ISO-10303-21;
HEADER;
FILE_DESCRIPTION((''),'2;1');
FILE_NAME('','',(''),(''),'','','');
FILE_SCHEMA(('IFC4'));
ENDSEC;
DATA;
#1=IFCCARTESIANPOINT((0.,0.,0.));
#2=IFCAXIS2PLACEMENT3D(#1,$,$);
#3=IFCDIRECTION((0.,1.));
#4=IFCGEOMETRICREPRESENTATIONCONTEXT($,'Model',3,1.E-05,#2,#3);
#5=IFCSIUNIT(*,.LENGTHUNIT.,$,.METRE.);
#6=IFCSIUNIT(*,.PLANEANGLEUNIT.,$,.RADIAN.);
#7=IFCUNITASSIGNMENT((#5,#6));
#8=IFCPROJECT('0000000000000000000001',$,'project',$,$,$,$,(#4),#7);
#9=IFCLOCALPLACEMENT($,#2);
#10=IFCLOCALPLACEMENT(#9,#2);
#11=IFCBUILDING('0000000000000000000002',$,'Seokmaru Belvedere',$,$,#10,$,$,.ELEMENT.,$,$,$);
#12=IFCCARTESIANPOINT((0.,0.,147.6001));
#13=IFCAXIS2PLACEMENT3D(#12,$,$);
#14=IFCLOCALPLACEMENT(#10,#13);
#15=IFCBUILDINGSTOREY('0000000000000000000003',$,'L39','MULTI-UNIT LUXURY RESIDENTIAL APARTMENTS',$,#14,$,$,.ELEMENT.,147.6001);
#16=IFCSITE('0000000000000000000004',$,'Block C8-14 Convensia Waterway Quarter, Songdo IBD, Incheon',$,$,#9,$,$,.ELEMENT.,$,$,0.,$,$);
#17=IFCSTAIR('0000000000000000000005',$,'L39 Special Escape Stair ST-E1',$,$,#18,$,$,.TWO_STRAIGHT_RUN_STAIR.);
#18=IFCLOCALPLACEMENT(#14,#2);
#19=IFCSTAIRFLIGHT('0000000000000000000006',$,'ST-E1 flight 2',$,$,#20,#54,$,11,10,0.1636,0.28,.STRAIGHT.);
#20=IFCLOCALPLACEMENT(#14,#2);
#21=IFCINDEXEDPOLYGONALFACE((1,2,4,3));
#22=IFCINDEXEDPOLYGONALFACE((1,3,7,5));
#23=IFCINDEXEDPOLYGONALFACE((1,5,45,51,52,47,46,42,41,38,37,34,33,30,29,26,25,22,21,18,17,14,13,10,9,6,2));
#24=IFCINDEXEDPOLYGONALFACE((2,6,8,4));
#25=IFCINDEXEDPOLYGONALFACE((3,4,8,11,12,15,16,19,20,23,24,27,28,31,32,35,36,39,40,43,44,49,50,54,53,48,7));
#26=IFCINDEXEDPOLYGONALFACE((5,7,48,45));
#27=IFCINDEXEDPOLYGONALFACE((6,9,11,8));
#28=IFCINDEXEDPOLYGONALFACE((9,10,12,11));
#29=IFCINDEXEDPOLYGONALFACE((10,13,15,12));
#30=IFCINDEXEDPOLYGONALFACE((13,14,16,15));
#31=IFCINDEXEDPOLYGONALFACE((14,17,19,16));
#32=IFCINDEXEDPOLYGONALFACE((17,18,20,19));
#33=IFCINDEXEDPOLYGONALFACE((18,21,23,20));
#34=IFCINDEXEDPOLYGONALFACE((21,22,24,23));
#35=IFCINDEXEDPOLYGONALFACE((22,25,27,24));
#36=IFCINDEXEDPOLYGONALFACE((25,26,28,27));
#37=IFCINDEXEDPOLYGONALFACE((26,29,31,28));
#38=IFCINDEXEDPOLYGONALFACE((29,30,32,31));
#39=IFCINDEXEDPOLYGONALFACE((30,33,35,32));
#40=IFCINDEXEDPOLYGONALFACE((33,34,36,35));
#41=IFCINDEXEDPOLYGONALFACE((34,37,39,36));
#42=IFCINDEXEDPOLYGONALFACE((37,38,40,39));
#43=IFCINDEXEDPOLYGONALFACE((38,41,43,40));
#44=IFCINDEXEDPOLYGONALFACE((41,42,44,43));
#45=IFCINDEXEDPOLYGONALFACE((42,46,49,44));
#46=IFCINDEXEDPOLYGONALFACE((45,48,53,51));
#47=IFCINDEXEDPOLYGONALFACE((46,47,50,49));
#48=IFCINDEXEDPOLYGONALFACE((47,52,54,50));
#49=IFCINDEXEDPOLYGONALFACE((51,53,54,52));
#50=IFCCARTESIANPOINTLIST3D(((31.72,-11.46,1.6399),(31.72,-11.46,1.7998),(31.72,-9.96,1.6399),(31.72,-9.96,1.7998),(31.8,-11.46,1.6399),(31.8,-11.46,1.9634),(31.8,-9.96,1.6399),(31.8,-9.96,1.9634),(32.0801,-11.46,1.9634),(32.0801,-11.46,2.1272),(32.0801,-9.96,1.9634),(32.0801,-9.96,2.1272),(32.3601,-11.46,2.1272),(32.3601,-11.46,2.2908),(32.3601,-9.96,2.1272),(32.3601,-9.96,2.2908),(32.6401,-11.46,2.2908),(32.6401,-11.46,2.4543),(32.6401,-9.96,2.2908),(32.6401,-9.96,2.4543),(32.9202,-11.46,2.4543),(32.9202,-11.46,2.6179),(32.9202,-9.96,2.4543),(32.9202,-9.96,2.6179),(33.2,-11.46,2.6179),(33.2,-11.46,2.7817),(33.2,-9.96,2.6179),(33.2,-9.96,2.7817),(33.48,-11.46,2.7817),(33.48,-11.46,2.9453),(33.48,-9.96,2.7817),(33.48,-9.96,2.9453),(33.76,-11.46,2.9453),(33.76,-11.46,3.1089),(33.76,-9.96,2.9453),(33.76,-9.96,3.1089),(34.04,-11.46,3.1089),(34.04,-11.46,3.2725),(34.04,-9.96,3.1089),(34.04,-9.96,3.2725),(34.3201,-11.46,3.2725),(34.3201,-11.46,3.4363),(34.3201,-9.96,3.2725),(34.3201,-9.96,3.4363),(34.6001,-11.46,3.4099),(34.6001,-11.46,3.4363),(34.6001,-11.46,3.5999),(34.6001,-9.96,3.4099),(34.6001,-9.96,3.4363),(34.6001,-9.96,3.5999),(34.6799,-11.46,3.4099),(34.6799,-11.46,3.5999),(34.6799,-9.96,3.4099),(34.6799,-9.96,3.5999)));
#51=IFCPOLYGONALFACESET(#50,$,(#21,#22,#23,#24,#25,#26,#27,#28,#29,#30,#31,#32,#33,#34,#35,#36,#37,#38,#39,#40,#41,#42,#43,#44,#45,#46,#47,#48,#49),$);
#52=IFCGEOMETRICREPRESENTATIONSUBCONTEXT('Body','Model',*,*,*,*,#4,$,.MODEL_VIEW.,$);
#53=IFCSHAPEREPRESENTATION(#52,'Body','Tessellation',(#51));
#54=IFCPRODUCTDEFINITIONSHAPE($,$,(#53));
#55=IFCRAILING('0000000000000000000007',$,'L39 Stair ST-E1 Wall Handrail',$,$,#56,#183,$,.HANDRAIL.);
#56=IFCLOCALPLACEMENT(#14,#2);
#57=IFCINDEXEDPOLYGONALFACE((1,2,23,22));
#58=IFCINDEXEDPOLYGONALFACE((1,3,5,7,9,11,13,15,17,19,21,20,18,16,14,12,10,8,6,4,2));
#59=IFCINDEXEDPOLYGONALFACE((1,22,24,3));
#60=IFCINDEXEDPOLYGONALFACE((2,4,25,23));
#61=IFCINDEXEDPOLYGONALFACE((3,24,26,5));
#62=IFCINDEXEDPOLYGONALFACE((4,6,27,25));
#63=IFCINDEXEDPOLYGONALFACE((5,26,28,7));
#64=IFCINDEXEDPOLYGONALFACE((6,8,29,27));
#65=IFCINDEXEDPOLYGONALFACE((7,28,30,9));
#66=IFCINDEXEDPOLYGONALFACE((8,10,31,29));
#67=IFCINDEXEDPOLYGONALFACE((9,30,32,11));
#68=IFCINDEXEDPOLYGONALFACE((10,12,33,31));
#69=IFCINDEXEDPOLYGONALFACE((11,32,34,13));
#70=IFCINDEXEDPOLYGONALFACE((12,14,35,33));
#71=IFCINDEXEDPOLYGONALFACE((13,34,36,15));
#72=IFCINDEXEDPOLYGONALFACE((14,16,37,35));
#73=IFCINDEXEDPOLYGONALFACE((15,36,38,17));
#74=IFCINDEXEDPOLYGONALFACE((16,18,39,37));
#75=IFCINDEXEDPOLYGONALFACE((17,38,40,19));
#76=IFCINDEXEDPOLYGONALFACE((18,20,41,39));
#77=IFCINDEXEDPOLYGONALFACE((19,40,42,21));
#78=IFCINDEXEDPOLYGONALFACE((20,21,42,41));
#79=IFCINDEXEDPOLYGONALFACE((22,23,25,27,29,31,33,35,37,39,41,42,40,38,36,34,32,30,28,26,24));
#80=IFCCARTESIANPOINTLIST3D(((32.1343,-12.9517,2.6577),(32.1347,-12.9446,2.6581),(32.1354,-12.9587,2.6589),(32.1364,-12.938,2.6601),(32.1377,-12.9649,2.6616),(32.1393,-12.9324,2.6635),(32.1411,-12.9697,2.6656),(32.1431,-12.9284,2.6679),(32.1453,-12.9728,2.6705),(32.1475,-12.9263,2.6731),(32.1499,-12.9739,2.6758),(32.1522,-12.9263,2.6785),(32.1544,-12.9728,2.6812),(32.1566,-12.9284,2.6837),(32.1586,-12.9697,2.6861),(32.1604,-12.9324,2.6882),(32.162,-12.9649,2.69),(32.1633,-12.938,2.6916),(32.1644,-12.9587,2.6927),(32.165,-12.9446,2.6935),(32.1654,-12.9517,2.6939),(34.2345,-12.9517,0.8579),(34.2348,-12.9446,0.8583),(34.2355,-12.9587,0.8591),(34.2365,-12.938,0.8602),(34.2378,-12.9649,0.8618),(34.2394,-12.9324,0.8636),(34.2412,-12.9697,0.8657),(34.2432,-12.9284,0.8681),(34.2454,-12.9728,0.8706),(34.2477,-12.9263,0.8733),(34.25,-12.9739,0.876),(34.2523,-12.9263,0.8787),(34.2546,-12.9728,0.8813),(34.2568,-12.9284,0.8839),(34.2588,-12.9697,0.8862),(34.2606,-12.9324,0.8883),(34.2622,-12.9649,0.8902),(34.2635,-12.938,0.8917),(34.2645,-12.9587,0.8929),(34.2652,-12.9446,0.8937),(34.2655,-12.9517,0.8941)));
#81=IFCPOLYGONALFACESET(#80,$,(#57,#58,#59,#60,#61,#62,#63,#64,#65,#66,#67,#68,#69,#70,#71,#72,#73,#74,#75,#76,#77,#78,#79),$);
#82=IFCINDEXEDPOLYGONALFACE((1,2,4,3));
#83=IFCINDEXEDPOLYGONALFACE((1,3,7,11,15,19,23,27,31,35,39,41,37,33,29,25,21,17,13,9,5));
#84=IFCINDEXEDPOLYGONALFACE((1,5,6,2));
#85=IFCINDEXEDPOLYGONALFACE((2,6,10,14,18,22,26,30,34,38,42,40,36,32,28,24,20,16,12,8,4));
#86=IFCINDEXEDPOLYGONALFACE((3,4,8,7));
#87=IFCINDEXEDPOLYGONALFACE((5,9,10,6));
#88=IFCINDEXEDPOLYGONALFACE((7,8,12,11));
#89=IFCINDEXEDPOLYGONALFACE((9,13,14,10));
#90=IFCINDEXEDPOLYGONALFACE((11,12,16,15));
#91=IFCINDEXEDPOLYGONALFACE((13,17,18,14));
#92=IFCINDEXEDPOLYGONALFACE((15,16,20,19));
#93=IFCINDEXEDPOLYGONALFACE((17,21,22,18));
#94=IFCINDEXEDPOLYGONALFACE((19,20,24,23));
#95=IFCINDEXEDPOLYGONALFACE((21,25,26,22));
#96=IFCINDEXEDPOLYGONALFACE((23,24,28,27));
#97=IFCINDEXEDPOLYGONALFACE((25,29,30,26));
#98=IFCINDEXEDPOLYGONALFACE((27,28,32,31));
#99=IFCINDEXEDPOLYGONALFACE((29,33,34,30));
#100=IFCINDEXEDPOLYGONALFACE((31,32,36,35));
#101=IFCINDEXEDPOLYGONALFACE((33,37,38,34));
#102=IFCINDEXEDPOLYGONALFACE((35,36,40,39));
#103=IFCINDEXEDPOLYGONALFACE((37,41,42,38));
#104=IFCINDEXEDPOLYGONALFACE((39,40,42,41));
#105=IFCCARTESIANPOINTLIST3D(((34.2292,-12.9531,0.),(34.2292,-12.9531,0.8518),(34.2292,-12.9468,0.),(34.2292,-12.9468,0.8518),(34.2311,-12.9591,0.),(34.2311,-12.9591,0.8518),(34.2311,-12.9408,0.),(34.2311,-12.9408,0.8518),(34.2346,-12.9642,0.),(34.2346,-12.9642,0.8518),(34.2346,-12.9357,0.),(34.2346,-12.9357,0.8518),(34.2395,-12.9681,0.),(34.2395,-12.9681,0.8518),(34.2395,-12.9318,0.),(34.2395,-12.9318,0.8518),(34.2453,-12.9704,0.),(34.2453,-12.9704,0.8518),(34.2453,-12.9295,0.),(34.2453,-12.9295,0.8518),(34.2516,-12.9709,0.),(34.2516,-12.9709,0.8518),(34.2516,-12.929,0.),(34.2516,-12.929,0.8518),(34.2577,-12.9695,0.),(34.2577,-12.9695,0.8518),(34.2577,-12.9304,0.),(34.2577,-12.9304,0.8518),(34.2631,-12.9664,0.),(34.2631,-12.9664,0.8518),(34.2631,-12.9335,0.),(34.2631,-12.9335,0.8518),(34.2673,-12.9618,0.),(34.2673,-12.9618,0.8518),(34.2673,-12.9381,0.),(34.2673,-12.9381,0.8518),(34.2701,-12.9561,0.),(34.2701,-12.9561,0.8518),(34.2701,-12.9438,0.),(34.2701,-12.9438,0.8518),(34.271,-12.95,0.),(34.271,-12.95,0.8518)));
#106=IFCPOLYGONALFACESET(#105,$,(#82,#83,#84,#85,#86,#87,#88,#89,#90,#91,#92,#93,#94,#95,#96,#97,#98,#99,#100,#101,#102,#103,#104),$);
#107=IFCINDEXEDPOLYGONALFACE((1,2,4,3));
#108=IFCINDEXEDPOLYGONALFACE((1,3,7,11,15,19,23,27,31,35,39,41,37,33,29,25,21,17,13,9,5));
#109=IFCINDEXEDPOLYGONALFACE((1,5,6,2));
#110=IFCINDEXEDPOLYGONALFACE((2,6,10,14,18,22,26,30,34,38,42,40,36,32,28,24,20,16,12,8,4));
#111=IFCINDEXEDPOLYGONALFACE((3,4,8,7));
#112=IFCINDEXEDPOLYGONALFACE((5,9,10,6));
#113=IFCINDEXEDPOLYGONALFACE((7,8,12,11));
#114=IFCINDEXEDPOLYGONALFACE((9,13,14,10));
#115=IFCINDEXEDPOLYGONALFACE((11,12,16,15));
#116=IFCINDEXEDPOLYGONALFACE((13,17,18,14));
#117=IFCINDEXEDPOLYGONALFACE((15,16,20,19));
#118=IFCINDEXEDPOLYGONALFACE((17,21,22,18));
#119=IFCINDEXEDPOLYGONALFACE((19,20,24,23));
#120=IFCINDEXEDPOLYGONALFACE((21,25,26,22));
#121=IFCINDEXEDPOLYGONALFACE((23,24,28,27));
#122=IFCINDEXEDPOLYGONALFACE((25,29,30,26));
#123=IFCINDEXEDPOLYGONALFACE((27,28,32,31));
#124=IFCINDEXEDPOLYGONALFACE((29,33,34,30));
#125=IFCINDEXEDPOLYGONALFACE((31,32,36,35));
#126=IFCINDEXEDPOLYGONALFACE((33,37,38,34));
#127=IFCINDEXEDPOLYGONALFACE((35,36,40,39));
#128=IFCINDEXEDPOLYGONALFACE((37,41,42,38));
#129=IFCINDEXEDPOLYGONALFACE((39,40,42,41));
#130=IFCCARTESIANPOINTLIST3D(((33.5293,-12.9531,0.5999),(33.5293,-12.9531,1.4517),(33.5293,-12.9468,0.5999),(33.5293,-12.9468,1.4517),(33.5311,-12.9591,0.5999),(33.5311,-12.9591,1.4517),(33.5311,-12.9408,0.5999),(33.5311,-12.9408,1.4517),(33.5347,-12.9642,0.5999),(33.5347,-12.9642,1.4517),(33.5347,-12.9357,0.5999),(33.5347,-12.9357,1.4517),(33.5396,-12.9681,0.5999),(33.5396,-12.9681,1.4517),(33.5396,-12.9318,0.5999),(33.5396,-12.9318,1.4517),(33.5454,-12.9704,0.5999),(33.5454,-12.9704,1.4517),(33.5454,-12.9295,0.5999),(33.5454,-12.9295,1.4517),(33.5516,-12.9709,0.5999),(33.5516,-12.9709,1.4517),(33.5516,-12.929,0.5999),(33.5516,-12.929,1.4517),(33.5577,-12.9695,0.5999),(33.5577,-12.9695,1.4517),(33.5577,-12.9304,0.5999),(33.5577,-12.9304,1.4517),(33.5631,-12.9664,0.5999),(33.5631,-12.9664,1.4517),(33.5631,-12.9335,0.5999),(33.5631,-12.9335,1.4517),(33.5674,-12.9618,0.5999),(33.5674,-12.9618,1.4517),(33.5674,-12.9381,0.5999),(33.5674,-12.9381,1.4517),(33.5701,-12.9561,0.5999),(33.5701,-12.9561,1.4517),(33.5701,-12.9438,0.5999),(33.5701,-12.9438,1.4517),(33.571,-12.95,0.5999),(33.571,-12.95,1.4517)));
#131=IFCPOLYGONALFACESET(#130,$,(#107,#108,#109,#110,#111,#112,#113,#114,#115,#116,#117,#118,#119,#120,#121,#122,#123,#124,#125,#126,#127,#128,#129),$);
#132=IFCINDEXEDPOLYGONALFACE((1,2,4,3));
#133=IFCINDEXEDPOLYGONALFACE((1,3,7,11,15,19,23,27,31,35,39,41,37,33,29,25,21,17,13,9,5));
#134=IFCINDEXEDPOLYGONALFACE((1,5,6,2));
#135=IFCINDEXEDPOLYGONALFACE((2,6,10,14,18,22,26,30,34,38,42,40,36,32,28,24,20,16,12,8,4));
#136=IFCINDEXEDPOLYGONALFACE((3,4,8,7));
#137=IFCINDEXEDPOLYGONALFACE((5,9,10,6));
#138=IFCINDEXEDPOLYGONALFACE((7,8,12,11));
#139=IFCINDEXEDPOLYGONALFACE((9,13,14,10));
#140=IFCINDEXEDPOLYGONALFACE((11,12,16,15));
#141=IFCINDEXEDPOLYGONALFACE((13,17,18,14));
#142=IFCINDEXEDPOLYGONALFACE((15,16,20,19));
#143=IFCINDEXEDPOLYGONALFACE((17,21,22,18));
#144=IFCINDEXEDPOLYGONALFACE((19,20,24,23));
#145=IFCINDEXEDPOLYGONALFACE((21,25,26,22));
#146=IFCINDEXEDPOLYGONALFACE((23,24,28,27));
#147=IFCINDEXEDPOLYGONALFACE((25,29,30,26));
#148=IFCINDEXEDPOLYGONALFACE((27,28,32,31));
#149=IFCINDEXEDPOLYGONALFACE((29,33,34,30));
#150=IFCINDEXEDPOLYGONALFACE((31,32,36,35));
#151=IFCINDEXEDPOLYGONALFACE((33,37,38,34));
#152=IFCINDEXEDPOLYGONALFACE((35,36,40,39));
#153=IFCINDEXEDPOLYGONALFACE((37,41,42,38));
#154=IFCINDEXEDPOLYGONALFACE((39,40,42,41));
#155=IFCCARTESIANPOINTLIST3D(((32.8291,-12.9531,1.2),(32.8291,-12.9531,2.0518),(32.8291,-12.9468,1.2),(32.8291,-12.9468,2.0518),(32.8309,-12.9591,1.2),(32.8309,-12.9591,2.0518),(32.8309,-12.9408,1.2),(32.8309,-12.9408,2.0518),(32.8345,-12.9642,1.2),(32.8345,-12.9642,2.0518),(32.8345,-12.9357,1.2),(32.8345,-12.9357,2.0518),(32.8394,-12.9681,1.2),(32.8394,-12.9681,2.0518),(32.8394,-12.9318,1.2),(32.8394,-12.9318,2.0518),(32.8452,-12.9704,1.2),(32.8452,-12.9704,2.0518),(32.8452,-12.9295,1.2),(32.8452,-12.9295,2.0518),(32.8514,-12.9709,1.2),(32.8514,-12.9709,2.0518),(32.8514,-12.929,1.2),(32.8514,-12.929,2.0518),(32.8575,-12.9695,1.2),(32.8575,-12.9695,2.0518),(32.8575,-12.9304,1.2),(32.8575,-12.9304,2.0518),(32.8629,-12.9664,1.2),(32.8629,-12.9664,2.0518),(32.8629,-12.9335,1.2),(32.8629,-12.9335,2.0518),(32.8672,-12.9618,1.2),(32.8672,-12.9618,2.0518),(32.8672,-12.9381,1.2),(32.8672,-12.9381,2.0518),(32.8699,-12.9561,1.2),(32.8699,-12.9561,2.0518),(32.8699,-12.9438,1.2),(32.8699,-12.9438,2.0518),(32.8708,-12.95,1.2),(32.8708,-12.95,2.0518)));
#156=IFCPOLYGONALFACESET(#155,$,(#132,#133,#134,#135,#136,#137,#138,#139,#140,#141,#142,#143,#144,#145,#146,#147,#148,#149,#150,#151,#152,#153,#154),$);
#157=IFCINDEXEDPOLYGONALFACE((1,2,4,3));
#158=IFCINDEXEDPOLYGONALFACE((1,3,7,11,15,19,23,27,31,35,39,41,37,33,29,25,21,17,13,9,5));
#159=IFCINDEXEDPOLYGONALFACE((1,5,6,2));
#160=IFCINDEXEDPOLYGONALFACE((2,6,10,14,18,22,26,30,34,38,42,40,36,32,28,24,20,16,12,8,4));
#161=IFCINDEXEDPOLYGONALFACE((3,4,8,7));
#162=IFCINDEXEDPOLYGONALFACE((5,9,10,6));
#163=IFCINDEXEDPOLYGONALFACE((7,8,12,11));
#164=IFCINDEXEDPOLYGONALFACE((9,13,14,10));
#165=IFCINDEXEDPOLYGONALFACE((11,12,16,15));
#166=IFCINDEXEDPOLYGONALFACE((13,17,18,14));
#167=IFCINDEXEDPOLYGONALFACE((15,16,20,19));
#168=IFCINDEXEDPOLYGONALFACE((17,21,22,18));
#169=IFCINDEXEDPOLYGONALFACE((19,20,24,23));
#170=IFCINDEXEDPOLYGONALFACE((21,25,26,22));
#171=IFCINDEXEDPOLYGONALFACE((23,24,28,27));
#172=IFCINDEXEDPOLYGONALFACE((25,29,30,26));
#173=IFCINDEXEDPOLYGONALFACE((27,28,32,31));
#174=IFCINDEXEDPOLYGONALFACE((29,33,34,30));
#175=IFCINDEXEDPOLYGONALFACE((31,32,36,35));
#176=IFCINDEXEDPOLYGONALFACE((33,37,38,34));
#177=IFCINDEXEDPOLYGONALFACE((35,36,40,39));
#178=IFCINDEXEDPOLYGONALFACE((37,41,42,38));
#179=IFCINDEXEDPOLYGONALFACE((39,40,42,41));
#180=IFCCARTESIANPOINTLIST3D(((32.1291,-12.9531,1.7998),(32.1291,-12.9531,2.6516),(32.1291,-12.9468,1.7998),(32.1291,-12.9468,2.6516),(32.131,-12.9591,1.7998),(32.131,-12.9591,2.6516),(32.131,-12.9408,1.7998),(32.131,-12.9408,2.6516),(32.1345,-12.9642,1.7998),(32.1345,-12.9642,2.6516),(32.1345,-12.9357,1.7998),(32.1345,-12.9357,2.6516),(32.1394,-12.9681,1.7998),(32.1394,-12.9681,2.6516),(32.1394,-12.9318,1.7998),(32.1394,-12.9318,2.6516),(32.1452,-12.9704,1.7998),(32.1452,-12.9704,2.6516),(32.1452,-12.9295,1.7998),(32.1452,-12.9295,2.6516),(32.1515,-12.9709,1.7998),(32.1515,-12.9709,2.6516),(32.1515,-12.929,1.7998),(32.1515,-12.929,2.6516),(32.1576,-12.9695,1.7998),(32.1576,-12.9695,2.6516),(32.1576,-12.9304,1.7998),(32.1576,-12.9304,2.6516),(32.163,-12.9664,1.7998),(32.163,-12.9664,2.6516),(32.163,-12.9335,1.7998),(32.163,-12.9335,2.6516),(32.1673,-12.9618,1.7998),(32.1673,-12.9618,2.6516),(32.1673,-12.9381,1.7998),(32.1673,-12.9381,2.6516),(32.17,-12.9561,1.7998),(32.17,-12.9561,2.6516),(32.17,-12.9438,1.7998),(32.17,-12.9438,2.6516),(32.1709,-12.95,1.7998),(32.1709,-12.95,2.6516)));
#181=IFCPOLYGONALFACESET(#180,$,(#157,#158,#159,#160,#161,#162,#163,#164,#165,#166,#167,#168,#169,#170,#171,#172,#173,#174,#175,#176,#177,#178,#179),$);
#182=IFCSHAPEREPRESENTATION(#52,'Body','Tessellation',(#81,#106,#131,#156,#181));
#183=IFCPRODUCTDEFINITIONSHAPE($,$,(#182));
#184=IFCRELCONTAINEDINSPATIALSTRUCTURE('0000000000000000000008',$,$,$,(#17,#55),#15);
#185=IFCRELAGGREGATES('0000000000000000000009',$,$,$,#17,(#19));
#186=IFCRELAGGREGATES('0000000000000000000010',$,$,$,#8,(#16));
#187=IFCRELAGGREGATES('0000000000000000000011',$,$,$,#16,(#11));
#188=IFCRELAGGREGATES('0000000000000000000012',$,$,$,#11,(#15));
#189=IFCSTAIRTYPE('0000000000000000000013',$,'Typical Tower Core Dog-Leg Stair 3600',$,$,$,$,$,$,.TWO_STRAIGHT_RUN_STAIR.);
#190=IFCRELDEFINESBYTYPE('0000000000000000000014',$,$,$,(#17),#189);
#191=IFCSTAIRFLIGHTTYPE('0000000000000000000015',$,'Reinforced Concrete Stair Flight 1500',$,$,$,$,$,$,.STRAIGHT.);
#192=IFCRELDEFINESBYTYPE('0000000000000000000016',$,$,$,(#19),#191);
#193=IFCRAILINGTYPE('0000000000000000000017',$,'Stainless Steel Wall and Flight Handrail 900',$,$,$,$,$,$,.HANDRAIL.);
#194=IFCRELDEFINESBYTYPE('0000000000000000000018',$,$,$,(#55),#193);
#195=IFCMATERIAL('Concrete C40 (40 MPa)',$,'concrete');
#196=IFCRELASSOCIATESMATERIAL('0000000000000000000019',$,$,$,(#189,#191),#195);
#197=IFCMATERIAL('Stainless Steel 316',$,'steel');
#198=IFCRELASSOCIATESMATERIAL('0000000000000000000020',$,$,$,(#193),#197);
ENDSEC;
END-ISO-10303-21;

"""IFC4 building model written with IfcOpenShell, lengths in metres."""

from ifc_helpers import new_model, si_unit, direction, frame, origin, origin_2d, place, context, subcontext, project, spatial, polyline, circle, outline, extrude, material, type_object, element, aggregate, save


model = new_model("IFC4")

# Units and contexts
model_context = context("Model", 3, precision=1e-05, world=origin(), true_north=direction((0.0, 1.0)))
body_context = subcontext(model_context, "Body", "Model", "MODEL_VIEW")
ifc_project = project(units=[si_unit("LENGTHUNIT", "METRE"), si_unit("PLANEANGLEUNIT", "RADIAN")], contexts=[model_context])

# Site, building, storey
site_placement = place(None, origin())
site = spatial("IfcSite", under=ifc_project, at=site_placement, Name="Block C8-14 Convensia Waterway Quarter, Songdo IBD, Incheon", CompositionType="ELEMENT", RefElevation=0.0)
building_placement = place(site_placement, origin())
building = spatial("IfcBuilding", under=site, at=building_placement, Name="Seokmaru Belvedere", CompositionType="ELEMENT")
storey_placement = place(building_placement, frame((0.0, 0.0, 147.6001)))
storey = spatial("IfcBuildingStorey", under=building, at=storey_placement, Name="L39", Description="MULTI-UNIT LUXURY RESIDENTIAL APARTMENTS", CompositionType="ELEMENT", Elevation=147.6001)

# Shared definitions
ifc_material_1 = material(Name="Stainless Steel 316", Category="steel")

# Stair, stair flight
ifc_material_2 = material(Name="Concrete C40 (40 MPa)", Category="concrete")
stair_type = type_object("IfcStairType", Name="Typical Tower Core Dog-Leg Stair 3600", PredefinedType="TWO_STRAIGHT_RUN_STAIR", material=ifc_material_2)
stair_placement = place(storey_placement, origin())
stair = element("IfcStair", 1, at=stair_placement, inside=storey, type_object=stair_type, Name="L39 Special Escape Stair ST-E1", PredefinedType="TWO_STRAIGHT_RUN_STAIR")
stair_flight_type = type_object("IfcStairFlightType", Name="Reinforced Concrete Stair Flight 1500", PredefinedType="STRAIGHT", material=ifc_material_2)
stair_flight_1_placement = place(storey_placement, frame((31.8, -10.71, 1.7998), z_axis=(0.0, 0.0, 1.0), x_axis=(1.0, 0.0, 0.0)))
stair_flight_1 = element("IfcStairFlight", 2, at=stair_flight_1_placement, type_object=stair_flight_type, Name="ST-E1 flight 2", NumberOfRisers=11, NumberOfTreads=10, PredefinedType="STRAIGHT", RiserHeight=0.1636, TreadLength=0.28, context=body_context, shape_type="SweptSolid", body=[
    extrude(outline(polyline([(-0.0801, 0.0), (0.0, 0.1636), (0.28, 0.1636), (0.28, 0.3274), (0.5601, 0.3274), (0.5601, 0.491), (0.8401, 0.491), (0.8401, 0.6545), (1.1201, 0.6545), (1.1201, 0.8181), (1.3999, 0.8181), (1.3999, 0.9819), (1.6799, 0.9819), (1.6799, 1.1455), (1.96, 1.1455), (1.96, 1.3091), (2.24, 1.3091), (2.24, 1.4727), (2.52, 1.4727), (2.52, 1.6365), (2.8, 1.6365), (2.8, 1.8), (2.8799, 1.8), (2.8799, 1.6101), (2.8, 1.6101), (0.0, -0.1599), (-0.0801, -0.1599), (-0.0801, 0.0)])), frame((0.0, 0.75, 0.0), z_axis=(0.0, -1.0, 0.0), x_axis=(1.0, 0.0, 0.0)), (0.0, 0.0, 1.0), 1.5),
])
aggregate(stair, [stair_flight_1])

# Railing
railing_type_1 = type_object("IfcRailingType", Name="Stainless Steel Wall and Flight Handrail 900", PredefinedType="HANDRAIL", material=ifc_material_1)
railing_1_placement = place(storey_placement, frame((34.25, -12.95, 0.0)))
element("IfcRailing", 3, at=railing_1_placement, inside=storey, type_object=railing_type_1, Name="L39 Stair ST-E1 Wall Handrail", PredefinedType="HANDRAIL", context=body_context, shape_type="SweptSolid", body=[
    extrude(circle(Radius=0.0239, at=origin_2d()), frame((0.0, 0.0, 0.876), z_axis=(-0.759306, 0.0, 0.650733), x_axis=(0.0, -1.0, 0.0)), (0.0, 0.0, 1.0), 2.7659),
    extrude(circle(Radius=0.021, at=origin_2d()), origin(), (0.0, 0.0, 1.0), 0.8518),
    extrude(circle(Radius=0.021, at=origin_2d()), frame((-0.7, 0.0, 0.5999)), (0.0, 0.0, 1.0), 0.8518),
    extrude(circle(Radius=0.021, at=origin_2d()), frame((-1.4001, 0.0, 1.2)), (0.0, 0.0, 1.0), 0.8518),
    extrude(circle(Radius=0.021, at=origin_2d()), frame((-2.1001, 0.0, 1.7998)), (0.0, 0.0, 1.0), 0.8518),
])

save(model, "model.ifc")
